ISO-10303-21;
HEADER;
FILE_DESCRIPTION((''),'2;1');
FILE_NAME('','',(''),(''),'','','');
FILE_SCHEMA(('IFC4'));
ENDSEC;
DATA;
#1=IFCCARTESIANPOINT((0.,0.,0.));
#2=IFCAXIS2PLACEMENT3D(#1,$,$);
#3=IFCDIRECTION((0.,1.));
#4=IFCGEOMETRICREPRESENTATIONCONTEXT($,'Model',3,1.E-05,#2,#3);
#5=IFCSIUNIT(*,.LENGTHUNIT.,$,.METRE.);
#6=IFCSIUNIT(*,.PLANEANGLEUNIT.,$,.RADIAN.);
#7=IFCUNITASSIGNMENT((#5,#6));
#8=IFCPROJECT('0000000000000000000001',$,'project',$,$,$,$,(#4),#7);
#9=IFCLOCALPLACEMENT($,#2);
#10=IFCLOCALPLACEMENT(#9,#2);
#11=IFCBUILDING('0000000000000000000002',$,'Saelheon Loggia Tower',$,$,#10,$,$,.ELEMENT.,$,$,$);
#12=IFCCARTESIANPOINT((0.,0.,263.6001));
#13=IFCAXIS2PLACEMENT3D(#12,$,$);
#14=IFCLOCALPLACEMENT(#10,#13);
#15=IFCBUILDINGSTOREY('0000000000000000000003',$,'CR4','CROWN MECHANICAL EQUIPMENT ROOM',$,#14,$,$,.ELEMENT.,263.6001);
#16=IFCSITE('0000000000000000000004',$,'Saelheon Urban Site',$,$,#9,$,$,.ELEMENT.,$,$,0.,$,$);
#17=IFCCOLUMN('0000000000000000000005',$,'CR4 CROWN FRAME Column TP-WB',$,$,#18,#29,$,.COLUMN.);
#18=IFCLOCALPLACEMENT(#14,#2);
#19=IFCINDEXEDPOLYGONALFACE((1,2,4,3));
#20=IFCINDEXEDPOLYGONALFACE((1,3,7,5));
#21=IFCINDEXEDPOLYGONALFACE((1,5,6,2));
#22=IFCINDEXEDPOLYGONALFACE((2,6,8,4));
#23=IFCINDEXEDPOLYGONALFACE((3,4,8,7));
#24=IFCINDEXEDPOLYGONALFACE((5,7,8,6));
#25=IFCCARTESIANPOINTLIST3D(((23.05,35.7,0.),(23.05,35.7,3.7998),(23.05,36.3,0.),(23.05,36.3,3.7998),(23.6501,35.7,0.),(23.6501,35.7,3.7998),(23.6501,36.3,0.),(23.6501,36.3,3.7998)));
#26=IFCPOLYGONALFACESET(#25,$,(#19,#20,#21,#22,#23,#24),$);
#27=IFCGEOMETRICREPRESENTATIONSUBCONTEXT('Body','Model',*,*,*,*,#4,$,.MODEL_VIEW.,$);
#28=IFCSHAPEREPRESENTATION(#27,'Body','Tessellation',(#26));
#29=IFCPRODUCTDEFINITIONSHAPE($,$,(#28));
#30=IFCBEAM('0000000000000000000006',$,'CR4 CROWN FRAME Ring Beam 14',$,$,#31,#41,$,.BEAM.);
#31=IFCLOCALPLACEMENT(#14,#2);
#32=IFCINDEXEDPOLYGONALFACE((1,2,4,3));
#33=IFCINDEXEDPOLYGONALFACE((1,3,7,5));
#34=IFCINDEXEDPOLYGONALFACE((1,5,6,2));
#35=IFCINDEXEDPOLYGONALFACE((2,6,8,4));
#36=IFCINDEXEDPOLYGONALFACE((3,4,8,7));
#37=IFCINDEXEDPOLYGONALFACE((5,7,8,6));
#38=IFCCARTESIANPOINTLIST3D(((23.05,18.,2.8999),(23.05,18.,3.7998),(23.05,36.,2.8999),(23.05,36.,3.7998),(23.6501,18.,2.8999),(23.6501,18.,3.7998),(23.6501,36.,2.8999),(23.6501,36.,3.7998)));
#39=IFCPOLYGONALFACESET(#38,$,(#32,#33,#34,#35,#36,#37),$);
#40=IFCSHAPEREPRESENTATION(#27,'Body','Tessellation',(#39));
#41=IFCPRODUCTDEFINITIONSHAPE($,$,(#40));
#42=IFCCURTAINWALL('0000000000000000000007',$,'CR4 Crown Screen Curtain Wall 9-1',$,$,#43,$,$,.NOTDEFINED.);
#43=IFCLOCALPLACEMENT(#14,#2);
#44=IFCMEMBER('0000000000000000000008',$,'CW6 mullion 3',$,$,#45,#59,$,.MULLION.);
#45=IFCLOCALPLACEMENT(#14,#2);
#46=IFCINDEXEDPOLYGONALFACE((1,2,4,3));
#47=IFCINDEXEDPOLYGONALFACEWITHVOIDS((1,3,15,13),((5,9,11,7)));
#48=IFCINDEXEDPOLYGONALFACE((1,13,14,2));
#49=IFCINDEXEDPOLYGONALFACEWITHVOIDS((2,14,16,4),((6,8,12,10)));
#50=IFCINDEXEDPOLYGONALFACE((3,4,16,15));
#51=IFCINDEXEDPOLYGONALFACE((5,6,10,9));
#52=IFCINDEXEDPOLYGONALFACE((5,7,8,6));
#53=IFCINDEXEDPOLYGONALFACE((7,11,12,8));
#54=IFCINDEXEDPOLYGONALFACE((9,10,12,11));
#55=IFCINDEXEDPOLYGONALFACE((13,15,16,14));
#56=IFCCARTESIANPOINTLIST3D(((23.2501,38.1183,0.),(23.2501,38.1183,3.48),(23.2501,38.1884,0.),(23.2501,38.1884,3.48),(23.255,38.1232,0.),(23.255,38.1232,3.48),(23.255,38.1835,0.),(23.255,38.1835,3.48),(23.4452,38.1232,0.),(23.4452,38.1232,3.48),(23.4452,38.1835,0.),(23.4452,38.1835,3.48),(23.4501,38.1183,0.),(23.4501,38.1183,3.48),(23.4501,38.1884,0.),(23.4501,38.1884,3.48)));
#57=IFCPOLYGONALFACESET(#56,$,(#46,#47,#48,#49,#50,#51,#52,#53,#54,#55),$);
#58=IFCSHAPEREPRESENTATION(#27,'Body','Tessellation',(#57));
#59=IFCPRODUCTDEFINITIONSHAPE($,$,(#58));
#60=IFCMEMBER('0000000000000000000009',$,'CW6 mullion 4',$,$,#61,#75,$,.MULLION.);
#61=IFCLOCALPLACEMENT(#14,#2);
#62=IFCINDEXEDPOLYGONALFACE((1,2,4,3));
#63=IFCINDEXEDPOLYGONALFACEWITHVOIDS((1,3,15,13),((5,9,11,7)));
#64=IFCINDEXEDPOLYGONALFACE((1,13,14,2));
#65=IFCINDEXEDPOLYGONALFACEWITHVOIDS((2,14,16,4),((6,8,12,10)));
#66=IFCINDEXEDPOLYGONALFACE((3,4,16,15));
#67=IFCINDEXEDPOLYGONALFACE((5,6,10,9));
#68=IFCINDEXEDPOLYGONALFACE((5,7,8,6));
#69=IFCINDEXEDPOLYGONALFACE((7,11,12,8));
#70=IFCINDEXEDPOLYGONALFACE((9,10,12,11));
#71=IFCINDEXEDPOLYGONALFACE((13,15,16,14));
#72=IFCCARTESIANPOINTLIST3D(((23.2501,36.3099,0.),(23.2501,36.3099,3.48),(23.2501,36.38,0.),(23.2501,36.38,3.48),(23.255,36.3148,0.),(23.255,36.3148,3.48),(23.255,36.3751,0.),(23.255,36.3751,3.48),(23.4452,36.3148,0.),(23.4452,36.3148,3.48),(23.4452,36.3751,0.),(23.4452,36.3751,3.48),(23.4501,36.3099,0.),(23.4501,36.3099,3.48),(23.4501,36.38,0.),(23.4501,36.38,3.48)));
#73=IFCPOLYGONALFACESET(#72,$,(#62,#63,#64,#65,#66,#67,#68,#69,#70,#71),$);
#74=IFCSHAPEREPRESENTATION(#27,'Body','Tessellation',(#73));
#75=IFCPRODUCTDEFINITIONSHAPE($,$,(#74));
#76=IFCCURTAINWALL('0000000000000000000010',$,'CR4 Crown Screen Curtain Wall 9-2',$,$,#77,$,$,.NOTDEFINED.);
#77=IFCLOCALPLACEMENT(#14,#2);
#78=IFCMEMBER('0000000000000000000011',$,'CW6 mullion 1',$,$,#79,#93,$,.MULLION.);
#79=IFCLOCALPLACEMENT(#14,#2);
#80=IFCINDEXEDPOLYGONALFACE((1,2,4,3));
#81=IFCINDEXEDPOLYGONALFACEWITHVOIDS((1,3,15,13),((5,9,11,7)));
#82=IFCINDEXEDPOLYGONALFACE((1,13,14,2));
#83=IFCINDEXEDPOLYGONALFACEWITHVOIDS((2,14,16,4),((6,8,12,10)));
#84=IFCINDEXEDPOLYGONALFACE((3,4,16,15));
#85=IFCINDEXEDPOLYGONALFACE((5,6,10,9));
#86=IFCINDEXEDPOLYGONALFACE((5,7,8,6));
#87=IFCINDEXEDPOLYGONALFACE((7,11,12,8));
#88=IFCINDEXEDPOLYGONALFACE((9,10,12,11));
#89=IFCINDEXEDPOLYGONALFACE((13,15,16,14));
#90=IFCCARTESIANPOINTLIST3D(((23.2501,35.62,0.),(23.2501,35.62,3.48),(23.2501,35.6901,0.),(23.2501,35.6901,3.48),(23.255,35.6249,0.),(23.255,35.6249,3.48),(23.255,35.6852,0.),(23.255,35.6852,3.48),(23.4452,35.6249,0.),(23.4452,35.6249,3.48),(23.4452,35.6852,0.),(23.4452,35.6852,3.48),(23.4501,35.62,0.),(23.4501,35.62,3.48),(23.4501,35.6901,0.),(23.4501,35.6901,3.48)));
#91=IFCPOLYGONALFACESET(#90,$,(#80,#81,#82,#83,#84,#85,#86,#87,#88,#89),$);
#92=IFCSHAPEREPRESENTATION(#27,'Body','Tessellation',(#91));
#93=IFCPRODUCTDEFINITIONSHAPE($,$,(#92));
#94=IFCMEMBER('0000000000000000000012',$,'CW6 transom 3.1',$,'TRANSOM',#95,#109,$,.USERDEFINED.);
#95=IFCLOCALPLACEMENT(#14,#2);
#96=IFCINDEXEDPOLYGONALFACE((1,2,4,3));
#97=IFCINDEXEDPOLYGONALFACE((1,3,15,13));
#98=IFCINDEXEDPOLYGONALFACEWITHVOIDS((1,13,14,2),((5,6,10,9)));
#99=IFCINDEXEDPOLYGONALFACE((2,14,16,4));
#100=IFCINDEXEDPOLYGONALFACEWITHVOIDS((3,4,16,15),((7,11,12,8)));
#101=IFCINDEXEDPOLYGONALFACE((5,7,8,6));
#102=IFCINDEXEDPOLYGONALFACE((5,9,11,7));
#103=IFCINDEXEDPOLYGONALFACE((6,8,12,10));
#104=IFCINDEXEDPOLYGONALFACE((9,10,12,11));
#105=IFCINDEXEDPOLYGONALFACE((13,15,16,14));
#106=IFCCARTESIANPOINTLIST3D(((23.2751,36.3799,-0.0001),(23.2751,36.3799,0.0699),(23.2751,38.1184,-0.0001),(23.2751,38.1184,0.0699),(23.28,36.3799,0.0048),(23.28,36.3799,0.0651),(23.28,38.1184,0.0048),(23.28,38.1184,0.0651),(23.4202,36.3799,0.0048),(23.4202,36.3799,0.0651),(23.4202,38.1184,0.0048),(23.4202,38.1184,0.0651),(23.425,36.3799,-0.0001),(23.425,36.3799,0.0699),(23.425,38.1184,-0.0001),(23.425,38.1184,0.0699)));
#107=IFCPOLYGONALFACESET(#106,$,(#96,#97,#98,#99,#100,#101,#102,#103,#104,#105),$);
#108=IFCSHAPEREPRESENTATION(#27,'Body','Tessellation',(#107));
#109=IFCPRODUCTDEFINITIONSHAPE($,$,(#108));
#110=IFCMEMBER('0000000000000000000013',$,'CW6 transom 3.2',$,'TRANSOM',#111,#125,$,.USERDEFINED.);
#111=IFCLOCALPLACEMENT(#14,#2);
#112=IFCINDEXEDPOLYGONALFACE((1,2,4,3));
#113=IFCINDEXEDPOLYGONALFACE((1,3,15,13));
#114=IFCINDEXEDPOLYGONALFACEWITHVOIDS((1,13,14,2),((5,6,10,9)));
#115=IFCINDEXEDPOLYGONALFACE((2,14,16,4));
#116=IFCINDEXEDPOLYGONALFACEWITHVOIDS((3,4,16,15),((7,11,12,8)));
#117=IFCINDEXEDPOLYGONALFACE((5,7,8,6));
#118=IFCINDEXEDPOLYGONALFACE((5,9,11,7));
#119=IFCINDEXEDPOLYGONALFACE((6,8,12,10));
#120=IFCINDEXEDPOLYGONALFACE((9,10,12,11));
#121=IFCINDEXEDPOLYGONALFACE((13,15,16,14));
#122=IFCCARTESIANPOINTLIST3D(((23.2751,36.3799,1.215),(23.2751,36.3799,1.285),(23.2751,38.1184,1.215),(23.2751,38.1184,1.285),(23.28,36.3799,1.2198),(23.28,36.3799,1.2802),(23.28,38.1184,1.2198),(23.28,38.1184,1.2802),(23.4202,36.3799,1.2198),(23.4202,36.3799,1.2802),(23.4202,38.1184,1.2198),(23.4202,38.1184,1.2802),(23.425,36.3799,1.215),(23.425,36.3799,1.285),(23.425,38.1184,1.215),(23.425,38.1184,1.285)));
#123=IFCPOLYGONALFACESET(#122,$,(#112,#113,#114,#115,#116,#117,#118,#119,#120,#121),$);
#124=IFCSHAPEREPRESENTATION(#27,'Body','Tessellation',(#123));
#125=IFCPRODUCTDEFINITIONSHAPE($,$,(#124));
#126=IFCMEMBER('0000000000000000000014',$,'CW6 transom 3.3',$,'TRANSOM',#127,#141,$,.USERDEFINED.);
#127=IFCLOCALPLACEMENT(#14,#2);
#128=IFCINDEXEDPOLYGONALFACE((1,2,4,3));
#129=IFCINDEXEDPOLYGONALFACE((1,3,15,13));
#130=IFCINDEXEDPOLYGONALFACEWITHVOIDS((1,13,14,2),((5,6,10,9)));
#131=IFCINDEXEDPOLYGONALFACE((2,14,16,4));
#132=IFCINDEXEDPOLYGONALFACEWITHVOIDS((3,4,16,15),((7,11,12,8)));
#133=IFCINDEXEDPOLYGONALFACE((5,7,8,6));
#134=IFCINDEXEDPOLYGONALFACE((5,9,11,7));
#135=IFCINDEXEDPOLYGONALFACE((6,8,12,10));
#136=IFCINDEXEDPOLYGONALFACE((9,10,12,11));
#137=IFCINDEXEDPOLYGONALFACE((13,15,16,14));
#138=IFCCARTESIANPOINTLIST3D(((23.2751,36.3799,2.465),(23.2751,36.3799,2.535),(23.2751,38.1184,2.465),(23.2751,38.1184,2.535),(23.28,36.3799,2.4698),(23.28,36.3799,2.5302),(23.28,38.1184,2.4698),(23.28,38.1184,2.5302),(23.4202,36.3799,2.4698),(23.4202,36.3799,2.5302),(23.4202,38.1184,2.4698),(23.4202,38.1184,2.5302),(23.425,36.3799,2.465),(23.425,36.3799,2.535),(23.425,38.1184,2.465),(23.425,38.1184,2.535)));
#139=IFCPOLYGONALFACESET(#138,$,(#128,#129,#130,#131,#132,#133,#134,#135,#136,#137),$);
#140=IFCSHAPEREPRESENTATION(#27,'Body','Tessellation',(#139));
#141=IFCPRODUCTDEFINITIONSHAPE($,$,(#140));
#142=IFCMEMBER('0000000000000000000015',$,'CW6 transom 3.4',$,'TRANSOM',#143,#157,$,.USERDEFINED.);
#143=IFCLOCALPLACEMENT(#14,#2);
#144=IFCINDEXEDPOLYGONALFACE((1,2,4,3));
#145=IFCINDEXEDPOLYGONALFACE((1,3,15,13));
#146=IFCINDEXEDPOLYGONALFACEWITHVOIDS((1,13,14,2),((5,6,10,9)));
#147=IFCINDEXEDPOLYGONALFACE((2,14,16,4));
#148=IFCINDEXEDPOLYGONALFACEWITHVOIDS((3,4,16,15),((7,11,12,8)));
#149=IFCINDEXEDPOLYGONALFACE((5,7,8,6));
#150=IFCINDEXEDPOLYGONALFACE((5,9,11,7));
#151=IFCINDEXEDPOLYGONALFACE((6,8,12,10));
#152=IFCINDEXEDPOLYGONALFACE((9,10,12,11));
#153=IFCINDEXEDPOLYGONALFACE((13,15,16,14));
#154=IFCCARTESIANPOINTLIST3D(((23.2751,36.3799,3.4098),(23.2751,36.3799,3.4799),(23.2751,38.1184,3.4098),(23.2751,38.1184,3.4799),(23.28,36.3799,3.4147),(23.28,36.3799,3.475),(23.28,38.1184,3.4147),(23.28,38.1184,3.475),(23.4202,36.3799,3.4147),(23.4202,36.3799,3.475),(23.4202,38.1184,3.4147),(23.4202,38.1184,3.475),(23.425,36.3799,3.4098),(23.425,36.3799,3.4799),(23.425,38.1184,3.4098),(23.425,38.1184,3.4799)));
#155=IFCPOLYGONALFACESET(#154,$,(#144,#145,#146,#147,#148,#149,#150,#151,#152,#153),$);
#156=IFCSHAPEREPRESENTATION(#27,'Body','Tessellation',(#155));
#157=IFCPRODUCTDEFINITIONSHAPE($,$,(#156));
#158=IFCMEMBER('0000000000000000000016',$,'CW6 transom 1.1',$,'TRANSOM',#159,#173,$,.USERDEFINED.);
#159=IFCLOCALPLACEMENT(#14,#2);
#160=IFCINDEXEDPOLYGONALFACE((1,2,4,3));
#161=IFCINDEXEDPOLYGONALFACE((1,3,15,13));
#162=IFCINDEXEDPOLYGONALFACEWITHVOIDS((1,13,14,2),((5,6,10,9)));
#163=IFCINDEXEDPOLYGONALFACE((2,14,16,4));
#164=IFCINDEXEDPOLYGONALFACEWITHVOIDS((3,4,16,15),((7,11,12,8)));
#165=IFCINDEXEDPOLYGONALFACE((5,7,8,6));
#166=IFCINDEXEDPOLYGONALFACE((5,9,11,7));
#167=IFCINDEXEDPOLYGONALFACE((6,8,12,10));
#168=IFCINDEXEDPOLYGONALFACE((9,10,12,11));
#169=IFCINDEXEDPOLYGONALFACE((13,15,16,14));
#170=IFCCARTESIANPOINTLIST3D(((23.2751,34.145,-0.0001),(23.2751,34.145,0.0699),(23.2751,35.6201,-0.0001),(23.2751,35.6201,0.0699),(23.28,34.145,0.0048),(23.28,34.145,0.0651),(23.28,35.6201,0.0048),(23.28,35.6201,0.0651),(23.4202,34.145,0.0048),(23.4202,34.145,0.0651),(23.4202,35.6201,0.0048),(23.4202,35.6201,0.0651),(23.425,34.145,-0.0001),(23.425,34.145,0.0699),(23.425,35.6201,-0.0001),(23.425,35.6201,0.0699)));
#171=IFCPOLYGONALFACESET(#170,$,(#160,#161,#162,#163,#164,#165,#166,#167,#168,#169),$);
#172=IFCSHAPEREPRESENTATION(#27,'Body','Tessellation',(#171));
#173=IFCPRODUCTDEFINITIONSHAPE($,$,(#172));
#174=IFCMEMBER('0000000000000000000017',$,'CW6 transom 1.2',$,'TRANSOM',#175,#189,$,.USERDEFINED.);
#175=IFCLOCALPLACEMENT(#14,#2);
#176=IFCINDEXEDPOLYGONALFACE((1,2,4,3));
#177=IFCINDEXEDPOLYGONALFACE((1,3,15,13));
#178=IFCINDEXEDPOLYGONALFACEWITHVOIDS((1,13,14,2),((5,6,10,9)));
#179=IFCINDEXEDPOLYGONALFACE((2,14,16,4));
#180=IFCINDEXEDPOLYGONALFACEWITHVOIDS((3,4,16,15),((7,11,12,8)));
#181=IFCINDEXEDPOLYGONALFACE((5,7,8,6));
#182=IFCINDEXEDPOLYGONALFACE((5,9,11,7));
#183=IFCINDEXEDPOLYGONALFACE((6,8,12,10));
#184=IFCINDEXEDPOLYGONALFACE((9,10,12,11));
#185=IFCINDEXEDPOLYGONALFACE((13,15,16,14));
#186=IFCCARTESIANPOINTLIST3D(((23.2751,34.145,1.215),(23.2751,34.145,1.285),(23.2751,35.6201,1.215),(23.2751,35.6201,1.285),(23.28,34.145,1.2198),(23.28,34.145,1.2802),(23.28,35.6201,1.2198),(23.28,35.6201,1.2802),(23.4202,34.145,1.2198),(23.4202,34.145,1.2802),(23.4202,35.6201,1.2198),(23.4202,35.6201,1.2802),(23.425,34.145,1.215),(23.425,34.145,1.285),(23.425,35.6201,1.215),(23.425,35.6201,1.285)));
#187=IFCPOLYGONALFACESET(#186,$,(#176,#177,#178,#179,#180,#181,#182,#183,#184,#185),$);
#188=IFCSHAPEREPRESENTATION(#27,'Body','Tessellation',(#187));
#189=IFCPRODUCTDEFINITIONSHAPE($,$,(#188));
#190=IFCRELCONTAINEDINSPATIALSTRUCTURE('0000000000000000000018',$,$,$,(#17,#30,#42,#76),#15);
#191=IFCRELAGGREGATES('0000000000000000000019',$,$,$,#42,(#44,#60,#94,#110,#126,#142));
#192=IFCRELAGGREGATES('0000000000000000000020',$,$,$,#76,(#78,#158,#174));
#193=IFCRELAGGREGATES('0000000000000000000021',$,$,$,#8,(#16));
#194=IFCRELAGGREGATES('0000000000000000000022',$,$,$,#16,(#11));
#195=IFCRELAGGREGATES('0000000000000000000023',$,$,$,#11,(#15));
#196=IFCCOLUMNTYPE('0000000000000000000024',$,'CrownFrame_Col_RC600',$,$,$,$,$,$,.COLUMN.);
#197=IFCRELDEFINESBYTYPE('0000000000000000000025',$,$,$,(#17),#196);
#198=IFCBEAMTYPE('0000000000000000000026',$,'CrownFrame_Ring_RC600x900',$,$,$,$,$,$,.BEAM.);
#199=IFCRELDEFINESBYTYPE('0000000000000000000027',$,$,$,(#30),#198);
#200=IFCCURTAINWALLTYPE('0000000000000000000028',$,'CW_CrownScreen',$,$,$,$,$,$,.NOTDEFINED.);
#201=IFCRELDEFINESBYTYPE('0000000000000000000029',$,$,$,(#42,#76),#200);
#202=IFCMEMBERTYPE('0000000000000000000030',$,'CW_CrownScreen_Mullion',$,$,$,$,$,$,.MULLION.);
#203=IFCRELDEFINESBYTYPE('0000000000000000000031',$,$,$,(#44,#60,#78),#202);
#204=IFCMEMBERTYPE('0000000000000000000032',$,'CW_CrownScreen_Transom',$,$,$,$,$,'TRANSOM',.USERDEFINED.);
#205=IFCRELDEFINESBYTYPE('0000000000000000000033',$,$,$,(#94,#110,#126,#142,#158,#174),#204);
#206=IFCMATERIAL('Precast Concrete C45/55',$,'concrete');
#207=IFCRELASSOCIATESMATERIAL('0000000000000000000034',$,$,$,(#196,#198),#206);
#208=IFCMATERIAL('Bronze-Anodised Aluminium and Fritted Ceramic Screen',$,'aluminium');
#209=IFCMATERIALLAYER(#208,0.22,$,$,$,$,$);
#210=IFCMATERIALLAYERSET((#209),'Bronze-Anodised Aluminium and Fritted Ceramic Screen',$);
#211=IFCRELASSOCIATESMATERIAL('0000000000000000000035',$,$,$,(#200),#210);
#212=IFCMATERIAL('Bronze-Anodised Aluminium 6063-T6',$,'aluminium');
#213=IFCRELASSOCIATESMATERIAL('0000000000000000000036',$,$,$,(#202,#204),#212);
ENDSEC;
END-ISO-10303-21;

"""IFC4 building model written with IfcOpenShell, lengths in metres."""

from ifc_helpers import new_model, si_unit, direction, frame, origin, origin_2d, place, context, subcontext, project, spatial, rectangle, hollow_rectangle, extrude, source, transform, mapped, material, layer, layer_set, material_profile, profile_set, type_object, element, aggregate, save


model = new_model("IFC4")

# Units and contexts
model_context = context("Model", 3, precision=1e-05, world=origin(), true_north=direction((0.0, 1.0)))
body_context = subcontext(model_context, "Body", "Model", "MODEL_VIEW")
ifc_project = project(units=[si_unit("LENGTHUNIT", "METRE"), si_unit("PLANEANGLEUNIT", "RADIAN")], contexts=[model_context])

# Site, building, storey
site_placement = place(None, origin())
site = spatial("IfcSite", under=ifc_project, at=site_placement, Name="Saelheon Urban Site", CompositionType="ELEMENT", RefElevation=0.0)
building_placement = place(site_placement, origin())
building = spatial("IfcBuilding", under=site, at=building_placement, Name="Saelheon Loggia Tower", CompositionType="ELEMENT")
storey_placement = place(building_placement, frame((0.0, 0.0, 263.6001)))
storey = spatial("IfcBuildingStorey", under=building, at=storey_placement, Name="CR4", Description="CROWN MECHANICAL EQUIPMENT ROOM", CompositionType="ELEMENT", Elevation=263.6001)

# Column
ifc_material_1 = material(Name="Precast Concrete C45/55", Category="concrete")
ifc_material_profile_1 = material_profile(ifc_material_1, rectangle(XDim=0.6001, YDim=0.6001, at=origin_2d()), Name="RC-600x600")
ifc_profile_set_1 = profile_set([ifc_material_profile_1], Name="Precast Concrete C45/55")
column_type = type_object("IfcColumnType", Name="CrownFrame_Col_RC600", PredefinedType="COLUMN", material=ifc_profile_set_1)
shared_shape_1 = source(origin(), body_context, "Body", "SweptSolid", [
    extrude(rectangle(XDim=0.6001, YDim=0.6001, at=origin_2d()), origin(), (0.0, 0.0, 1.0), 3.7998),
])
column_placement = place(storey_placement, frame((23.3501, 36.0, 0.0), z_axis=(0.0, 0.0, 1.0), x_axis=(1.0, 0.0, 0.0)))
element("IfcColumn", 1, at=column_placement, inside=storey, type_object=column_type, Name="CR4 CROWN FRAME Column TP-WB", PredefinedType="COLUMN", context=body_context, shape_type="MappedRepresentation", body=[
    mapped(shared_shape_1, transform((0.0, 0.0, 0.0), scale=1.0)),
])

# Beam
ifc_material_profile_2 = material_profile(ifc_material_1, rectangle(XDim=0.6001, YDim=0.8999, at=origin_2d()), Name="RC-600x900")
ifc_profile_set_2 = profile_set([ifc_material_profile_2], Name="Precast Concrete C45/55")
beam_type = type_object("IfcBeamType", Name="CrownFrame_Ring_RC600x900", PredefinedType="BEAM", material=ifc_profile_set_2)
shared_shape_2 = source(origin(), body_context, "Body", "SweptSolid", [
    extrude(rectangle(XDim=0.6001, YDim=0.8999, at=origin_2d()), origin(), (0.0, 0.0, 1.0), 18.0),
])
beam_placement = place(storey_placement, frame((23.3501, 36.0, 3.3499), z_axis=(0.0, -1.0, 0.0), x_axis=(1.0, 0.0, 0.0)))
element("IfcBeam", 2, at=beam_placement, inside=storey, type_object=beam_type, Name="CR4 CROWN FRAME Ring Beam 14", PredefinedType="BEAM", context=body_context, shape_type="MappedRepresentation", body=[
    mapped(shared_shape_2, transform((0.0, 0.0, 0.0), scale=1.0)),
])

# Curtain wall, members
ifc_material_2 = material(Name="Bronze-Anodised Aluminium and Fritted Ceramic Screen", Category="aluminium")
ifc_layer_1 = layer(ifc_material_2, 0.22)
ifc_layer_set_1 = layer_set([ifc_layer_1], Name="Bronze-Anodised Aluminium and Fritted Ceramic Screen")
curtain_wall_type = type_object("IfcCurtainWallType", Name="CW_CrownScreen", PredefinedType="NOTDEFINED", material=ifc_layer_set_1)
curtain_wall_1_placement = place(storey_placement, origin())
curtain_wall_1 = element("IfcCurtainWall", 3, at=curtain_wall_1_placement, inside=storey, type_object=curtain_wall_type, Name="CR4 Crown Screen Curtain Wall 9-1", PredefinedType="NOTDEFINED")
ifc_material_3 = material(Name="Bronze-Anodised Aluminium 6063-T6", Category="aluminium")
ifc_material_profile_3 = material_profile(ifc_material_3, hollow_rectangle(XDim=0.0701, YDim=0.2, WallThickness=0.0049, at=origin_2d()), Name="RHS-200x70x5")
ifc_profile_set_3 = profile_set([ifc_material_profile_3], Name="Bronze-Anodised Aluminium 6063-T6")
member_type_1 = type_object("IfcMemberType", Name="CW_CrownScreen_Mullion", PredefinedType="MULLION", material=ifc_profile_set_3)
shared_shape_3 = source(origin(), body_context, "Body", "SweptSolid", [
    extrude(hollow_rectangle(XDim=0.0701, YDim=0.2, WallThickness=0.0049, at=origin_2d()), origin(), (0.0, 0.0, 1.0), 3.48),
])
member_1_placement = place(storey_placement, frame((23.3501, 38.1533, 0.0), z_axis=(0.0, 0.0, 1.0), x_axis=(0.0, -1.0, 0.0)))
member_1 = element("IfcMember", 4, at=member_1_placement, type_object=member_type_1, Name="CW6 mullion 3", PredefinedType="MULLION", context=body_context, shape_type="MappedRepresentation", body=[
    mapped(shared_shape_3, transform((0.0, 0.0, 0.0), scale=1.0)),
])
member_2_placement = place(storey_placement, frame((23.3501, 36.345, 0.0), z_axis=(0.0, 0.0, 1.0), x_axis=(0.0, -1.0, 0.0)))
member_2 = element("IfcMember", 5, at=member_2_placement, type_object=member_type_1, Name="CW6 mullion 4", PredefinedType="MULLION", context=body_context, shape_type="MappedRepresentation", body=[
    mapped(shared_shape_3, transform((0.0, 0.0, 0.0), scale=1.0)),
])

# Curtain wall, member
curtain_wall_2_placement = place(storey_placement, origin())
curtain_wall_2 = element("IfcCurtainWall", 6, at=curtain_wall_2_placement, inside=storey, type_object=curtain_wall_type, Name="CR4 Crown Screen Curtain Wall 9-2", PredefinedType="NOTDEFINED")
member_3_placement = place(storey_placement, frame((23.3501, 35.655, 0.0), z_axis=(0.0, 0.0, 1.0), x_axis=(0.0, -1.0, 0.0)))
member_3 = element("IfcMember", 7, at=member_3_placement, type_object=member_type_1, Name="CW6 mullion 1", PredefinedType="MULLION", context=body_context, shape_type="MappedRepresentation", body=[
    mapped(shared_shape_3, transform((0.0, 0.0, 0.0), scale=1.0)),
])

# Members
ifc_material_profile_4 = material_profile(ifc_material_3, hollow_rectangle(XDim=0.0701, YDim=0.1499, WallThickness=0.0049, at=origin_2d()), Name="RHS-150x70x5")
ifc_profile_set_4 = profile_set([ifc_material_profile_4], Name="Bronze-Anodised Aluminium 6063-T6")
member_type_2 = type_object("IfcMemberType", Name="CW_CrownScreen_Transom", ElementType="TRANSOM", PredefinedType="USERDEFINED", material=ifc_profile_set_4)
shared_shape_4 = source(origin(), body_context, "Body", "SweptSolid", [
    extrude(hollow_rectangle(XDim=0.0701, YDim=0.1499, WallThickness=0.0049, at=origin_2d()), origin(), (0.0, 0.0, 1.0), 1.7385),
])
member_4_placement = place(storey_placement, frame((23.3501, 38.1184, 0.0349), z_axis=(0.0, -1.0, 0.0), x_axis=(0.0, 0.0, 1.0)))
member_4 = element("IfcMember", 8, at=member_4_placement, type_object=member_type_2, Name="CW6 transom 3.1", ObjectType="TRANSOM", PredefinedType="USERDEFINED", context=body_context, shape_type="MappedRepresentation", body=[
    mapped(shared_shape_4, transform((0.0, 0.0, 0.0), scale=1.0)),
])
member_5_placement = place(storey_placement, frame((23.3501, 38.1184, 1.25), z_axis=(0.0, -1.0, 0.0), x_axis=(0.0, 0.0, 1.0)))
member_5 = element("IfcMember", 9, at=member_5_placement, type_object=member_type_2, Name="CW6 transom 3.2", ObjectType="TRANSOM", PredefinedType="USERDEFINED", context=body_context, shape_type="MappedRepresentation", body=[
    mapped(shared_shape_4, transform((0.0, 0.0, 0.0), scale=1.0)),
])
member_6_placement = place(storey_placement, frame((23.3501, 38.1184, 2.5), z_axis=(0.0, -1.0, 0.0), x_axis=(0.0, 0.0, 1.0)))
member_6 = element("IfcMember", 10, at=member_6_placement, type_object=member_type_2, Name="CW6 transom 3.3", ObjectType="TRANSOM", PredefinedType="USERDEFINED", context=body_context, shape_type="MappedRepresentation", body=[
    mapped(shared_shape_4, transform((0.0, 0.0, 0.0), scale=1.0)),
])
member_7_placement = place(storey_placement, frame((23.3501, 38.1184, 3.4448), z_axis=(0.0, -1.0, 0.0), x_axis=(0.0, 0.0, 1.0)))
member_7 = element("IfcMember", 11, at=member_7_placement, type_object=member_type_2, Name="CW6 transom 3.4", ObjectType="TRANSOM", PredefinedType="USERDEFINED", context=body_context, shape_type="MappedRepresentation", body=[
    mapped(shared_shape_4, transform((0.0, 0.0, 0.0), scale=1.0)),
])
shared_shape_5 = source(origin(), body_context, "Body", "SweptSolid", [
    extrude(hollow_rectangle(XDim=0.0701, YDim=0.1499, WallThickness=0.0049, at=origin_2d()), origin(), (0.0, 0.0, 1.0), 1.4751),
])
member_8_placement = place(storey_placement, frame((23.3501, 35.6201, 0.0349), z_axis=(0.0, -1.0, 0.0), x_axis=(0.0, 0.0, 1.0)))
member_8 = element("IfcMember", 12, at=member_8_placement, type_object=member_type_2, Name="CW6 transom 1.1", ObjectType="TRANSOM", PredefinedType="USERDEFINED", context=body_context, shape_type="MappedRepresentation", body=[
    mapped(shared_shape_5, transform((0.0, 0.0, 0.0), scale=1.0)),
])
member_9_placement = place(storey_placement, frame((23.3501, 35.6201, 1.25), z_axis=(0.0, -1.0, 0.0), x_axis=(0.0, 0.0, 1.0)))
member_9 = element("IfcMember", 13, at=member_9_placement, type_object=member_type_2, Name="CW6 transom 1.2", ObjectType="TRANSOM", PredefinedType="USERDEFINED", context=body_context, shape_type="MappedRepresentation", body=[
    mapped(shared_shape_5, transform((0.0, 0.0, 0.0), scale=1.0)),
])

aggregate(curtain_wall_1, [member_1, member_2, member_4, member_5, member_6, member_7])
aggregate(curtain_wall_2, [member_3, member_8, member_9])

save(model, "model.ifc")
